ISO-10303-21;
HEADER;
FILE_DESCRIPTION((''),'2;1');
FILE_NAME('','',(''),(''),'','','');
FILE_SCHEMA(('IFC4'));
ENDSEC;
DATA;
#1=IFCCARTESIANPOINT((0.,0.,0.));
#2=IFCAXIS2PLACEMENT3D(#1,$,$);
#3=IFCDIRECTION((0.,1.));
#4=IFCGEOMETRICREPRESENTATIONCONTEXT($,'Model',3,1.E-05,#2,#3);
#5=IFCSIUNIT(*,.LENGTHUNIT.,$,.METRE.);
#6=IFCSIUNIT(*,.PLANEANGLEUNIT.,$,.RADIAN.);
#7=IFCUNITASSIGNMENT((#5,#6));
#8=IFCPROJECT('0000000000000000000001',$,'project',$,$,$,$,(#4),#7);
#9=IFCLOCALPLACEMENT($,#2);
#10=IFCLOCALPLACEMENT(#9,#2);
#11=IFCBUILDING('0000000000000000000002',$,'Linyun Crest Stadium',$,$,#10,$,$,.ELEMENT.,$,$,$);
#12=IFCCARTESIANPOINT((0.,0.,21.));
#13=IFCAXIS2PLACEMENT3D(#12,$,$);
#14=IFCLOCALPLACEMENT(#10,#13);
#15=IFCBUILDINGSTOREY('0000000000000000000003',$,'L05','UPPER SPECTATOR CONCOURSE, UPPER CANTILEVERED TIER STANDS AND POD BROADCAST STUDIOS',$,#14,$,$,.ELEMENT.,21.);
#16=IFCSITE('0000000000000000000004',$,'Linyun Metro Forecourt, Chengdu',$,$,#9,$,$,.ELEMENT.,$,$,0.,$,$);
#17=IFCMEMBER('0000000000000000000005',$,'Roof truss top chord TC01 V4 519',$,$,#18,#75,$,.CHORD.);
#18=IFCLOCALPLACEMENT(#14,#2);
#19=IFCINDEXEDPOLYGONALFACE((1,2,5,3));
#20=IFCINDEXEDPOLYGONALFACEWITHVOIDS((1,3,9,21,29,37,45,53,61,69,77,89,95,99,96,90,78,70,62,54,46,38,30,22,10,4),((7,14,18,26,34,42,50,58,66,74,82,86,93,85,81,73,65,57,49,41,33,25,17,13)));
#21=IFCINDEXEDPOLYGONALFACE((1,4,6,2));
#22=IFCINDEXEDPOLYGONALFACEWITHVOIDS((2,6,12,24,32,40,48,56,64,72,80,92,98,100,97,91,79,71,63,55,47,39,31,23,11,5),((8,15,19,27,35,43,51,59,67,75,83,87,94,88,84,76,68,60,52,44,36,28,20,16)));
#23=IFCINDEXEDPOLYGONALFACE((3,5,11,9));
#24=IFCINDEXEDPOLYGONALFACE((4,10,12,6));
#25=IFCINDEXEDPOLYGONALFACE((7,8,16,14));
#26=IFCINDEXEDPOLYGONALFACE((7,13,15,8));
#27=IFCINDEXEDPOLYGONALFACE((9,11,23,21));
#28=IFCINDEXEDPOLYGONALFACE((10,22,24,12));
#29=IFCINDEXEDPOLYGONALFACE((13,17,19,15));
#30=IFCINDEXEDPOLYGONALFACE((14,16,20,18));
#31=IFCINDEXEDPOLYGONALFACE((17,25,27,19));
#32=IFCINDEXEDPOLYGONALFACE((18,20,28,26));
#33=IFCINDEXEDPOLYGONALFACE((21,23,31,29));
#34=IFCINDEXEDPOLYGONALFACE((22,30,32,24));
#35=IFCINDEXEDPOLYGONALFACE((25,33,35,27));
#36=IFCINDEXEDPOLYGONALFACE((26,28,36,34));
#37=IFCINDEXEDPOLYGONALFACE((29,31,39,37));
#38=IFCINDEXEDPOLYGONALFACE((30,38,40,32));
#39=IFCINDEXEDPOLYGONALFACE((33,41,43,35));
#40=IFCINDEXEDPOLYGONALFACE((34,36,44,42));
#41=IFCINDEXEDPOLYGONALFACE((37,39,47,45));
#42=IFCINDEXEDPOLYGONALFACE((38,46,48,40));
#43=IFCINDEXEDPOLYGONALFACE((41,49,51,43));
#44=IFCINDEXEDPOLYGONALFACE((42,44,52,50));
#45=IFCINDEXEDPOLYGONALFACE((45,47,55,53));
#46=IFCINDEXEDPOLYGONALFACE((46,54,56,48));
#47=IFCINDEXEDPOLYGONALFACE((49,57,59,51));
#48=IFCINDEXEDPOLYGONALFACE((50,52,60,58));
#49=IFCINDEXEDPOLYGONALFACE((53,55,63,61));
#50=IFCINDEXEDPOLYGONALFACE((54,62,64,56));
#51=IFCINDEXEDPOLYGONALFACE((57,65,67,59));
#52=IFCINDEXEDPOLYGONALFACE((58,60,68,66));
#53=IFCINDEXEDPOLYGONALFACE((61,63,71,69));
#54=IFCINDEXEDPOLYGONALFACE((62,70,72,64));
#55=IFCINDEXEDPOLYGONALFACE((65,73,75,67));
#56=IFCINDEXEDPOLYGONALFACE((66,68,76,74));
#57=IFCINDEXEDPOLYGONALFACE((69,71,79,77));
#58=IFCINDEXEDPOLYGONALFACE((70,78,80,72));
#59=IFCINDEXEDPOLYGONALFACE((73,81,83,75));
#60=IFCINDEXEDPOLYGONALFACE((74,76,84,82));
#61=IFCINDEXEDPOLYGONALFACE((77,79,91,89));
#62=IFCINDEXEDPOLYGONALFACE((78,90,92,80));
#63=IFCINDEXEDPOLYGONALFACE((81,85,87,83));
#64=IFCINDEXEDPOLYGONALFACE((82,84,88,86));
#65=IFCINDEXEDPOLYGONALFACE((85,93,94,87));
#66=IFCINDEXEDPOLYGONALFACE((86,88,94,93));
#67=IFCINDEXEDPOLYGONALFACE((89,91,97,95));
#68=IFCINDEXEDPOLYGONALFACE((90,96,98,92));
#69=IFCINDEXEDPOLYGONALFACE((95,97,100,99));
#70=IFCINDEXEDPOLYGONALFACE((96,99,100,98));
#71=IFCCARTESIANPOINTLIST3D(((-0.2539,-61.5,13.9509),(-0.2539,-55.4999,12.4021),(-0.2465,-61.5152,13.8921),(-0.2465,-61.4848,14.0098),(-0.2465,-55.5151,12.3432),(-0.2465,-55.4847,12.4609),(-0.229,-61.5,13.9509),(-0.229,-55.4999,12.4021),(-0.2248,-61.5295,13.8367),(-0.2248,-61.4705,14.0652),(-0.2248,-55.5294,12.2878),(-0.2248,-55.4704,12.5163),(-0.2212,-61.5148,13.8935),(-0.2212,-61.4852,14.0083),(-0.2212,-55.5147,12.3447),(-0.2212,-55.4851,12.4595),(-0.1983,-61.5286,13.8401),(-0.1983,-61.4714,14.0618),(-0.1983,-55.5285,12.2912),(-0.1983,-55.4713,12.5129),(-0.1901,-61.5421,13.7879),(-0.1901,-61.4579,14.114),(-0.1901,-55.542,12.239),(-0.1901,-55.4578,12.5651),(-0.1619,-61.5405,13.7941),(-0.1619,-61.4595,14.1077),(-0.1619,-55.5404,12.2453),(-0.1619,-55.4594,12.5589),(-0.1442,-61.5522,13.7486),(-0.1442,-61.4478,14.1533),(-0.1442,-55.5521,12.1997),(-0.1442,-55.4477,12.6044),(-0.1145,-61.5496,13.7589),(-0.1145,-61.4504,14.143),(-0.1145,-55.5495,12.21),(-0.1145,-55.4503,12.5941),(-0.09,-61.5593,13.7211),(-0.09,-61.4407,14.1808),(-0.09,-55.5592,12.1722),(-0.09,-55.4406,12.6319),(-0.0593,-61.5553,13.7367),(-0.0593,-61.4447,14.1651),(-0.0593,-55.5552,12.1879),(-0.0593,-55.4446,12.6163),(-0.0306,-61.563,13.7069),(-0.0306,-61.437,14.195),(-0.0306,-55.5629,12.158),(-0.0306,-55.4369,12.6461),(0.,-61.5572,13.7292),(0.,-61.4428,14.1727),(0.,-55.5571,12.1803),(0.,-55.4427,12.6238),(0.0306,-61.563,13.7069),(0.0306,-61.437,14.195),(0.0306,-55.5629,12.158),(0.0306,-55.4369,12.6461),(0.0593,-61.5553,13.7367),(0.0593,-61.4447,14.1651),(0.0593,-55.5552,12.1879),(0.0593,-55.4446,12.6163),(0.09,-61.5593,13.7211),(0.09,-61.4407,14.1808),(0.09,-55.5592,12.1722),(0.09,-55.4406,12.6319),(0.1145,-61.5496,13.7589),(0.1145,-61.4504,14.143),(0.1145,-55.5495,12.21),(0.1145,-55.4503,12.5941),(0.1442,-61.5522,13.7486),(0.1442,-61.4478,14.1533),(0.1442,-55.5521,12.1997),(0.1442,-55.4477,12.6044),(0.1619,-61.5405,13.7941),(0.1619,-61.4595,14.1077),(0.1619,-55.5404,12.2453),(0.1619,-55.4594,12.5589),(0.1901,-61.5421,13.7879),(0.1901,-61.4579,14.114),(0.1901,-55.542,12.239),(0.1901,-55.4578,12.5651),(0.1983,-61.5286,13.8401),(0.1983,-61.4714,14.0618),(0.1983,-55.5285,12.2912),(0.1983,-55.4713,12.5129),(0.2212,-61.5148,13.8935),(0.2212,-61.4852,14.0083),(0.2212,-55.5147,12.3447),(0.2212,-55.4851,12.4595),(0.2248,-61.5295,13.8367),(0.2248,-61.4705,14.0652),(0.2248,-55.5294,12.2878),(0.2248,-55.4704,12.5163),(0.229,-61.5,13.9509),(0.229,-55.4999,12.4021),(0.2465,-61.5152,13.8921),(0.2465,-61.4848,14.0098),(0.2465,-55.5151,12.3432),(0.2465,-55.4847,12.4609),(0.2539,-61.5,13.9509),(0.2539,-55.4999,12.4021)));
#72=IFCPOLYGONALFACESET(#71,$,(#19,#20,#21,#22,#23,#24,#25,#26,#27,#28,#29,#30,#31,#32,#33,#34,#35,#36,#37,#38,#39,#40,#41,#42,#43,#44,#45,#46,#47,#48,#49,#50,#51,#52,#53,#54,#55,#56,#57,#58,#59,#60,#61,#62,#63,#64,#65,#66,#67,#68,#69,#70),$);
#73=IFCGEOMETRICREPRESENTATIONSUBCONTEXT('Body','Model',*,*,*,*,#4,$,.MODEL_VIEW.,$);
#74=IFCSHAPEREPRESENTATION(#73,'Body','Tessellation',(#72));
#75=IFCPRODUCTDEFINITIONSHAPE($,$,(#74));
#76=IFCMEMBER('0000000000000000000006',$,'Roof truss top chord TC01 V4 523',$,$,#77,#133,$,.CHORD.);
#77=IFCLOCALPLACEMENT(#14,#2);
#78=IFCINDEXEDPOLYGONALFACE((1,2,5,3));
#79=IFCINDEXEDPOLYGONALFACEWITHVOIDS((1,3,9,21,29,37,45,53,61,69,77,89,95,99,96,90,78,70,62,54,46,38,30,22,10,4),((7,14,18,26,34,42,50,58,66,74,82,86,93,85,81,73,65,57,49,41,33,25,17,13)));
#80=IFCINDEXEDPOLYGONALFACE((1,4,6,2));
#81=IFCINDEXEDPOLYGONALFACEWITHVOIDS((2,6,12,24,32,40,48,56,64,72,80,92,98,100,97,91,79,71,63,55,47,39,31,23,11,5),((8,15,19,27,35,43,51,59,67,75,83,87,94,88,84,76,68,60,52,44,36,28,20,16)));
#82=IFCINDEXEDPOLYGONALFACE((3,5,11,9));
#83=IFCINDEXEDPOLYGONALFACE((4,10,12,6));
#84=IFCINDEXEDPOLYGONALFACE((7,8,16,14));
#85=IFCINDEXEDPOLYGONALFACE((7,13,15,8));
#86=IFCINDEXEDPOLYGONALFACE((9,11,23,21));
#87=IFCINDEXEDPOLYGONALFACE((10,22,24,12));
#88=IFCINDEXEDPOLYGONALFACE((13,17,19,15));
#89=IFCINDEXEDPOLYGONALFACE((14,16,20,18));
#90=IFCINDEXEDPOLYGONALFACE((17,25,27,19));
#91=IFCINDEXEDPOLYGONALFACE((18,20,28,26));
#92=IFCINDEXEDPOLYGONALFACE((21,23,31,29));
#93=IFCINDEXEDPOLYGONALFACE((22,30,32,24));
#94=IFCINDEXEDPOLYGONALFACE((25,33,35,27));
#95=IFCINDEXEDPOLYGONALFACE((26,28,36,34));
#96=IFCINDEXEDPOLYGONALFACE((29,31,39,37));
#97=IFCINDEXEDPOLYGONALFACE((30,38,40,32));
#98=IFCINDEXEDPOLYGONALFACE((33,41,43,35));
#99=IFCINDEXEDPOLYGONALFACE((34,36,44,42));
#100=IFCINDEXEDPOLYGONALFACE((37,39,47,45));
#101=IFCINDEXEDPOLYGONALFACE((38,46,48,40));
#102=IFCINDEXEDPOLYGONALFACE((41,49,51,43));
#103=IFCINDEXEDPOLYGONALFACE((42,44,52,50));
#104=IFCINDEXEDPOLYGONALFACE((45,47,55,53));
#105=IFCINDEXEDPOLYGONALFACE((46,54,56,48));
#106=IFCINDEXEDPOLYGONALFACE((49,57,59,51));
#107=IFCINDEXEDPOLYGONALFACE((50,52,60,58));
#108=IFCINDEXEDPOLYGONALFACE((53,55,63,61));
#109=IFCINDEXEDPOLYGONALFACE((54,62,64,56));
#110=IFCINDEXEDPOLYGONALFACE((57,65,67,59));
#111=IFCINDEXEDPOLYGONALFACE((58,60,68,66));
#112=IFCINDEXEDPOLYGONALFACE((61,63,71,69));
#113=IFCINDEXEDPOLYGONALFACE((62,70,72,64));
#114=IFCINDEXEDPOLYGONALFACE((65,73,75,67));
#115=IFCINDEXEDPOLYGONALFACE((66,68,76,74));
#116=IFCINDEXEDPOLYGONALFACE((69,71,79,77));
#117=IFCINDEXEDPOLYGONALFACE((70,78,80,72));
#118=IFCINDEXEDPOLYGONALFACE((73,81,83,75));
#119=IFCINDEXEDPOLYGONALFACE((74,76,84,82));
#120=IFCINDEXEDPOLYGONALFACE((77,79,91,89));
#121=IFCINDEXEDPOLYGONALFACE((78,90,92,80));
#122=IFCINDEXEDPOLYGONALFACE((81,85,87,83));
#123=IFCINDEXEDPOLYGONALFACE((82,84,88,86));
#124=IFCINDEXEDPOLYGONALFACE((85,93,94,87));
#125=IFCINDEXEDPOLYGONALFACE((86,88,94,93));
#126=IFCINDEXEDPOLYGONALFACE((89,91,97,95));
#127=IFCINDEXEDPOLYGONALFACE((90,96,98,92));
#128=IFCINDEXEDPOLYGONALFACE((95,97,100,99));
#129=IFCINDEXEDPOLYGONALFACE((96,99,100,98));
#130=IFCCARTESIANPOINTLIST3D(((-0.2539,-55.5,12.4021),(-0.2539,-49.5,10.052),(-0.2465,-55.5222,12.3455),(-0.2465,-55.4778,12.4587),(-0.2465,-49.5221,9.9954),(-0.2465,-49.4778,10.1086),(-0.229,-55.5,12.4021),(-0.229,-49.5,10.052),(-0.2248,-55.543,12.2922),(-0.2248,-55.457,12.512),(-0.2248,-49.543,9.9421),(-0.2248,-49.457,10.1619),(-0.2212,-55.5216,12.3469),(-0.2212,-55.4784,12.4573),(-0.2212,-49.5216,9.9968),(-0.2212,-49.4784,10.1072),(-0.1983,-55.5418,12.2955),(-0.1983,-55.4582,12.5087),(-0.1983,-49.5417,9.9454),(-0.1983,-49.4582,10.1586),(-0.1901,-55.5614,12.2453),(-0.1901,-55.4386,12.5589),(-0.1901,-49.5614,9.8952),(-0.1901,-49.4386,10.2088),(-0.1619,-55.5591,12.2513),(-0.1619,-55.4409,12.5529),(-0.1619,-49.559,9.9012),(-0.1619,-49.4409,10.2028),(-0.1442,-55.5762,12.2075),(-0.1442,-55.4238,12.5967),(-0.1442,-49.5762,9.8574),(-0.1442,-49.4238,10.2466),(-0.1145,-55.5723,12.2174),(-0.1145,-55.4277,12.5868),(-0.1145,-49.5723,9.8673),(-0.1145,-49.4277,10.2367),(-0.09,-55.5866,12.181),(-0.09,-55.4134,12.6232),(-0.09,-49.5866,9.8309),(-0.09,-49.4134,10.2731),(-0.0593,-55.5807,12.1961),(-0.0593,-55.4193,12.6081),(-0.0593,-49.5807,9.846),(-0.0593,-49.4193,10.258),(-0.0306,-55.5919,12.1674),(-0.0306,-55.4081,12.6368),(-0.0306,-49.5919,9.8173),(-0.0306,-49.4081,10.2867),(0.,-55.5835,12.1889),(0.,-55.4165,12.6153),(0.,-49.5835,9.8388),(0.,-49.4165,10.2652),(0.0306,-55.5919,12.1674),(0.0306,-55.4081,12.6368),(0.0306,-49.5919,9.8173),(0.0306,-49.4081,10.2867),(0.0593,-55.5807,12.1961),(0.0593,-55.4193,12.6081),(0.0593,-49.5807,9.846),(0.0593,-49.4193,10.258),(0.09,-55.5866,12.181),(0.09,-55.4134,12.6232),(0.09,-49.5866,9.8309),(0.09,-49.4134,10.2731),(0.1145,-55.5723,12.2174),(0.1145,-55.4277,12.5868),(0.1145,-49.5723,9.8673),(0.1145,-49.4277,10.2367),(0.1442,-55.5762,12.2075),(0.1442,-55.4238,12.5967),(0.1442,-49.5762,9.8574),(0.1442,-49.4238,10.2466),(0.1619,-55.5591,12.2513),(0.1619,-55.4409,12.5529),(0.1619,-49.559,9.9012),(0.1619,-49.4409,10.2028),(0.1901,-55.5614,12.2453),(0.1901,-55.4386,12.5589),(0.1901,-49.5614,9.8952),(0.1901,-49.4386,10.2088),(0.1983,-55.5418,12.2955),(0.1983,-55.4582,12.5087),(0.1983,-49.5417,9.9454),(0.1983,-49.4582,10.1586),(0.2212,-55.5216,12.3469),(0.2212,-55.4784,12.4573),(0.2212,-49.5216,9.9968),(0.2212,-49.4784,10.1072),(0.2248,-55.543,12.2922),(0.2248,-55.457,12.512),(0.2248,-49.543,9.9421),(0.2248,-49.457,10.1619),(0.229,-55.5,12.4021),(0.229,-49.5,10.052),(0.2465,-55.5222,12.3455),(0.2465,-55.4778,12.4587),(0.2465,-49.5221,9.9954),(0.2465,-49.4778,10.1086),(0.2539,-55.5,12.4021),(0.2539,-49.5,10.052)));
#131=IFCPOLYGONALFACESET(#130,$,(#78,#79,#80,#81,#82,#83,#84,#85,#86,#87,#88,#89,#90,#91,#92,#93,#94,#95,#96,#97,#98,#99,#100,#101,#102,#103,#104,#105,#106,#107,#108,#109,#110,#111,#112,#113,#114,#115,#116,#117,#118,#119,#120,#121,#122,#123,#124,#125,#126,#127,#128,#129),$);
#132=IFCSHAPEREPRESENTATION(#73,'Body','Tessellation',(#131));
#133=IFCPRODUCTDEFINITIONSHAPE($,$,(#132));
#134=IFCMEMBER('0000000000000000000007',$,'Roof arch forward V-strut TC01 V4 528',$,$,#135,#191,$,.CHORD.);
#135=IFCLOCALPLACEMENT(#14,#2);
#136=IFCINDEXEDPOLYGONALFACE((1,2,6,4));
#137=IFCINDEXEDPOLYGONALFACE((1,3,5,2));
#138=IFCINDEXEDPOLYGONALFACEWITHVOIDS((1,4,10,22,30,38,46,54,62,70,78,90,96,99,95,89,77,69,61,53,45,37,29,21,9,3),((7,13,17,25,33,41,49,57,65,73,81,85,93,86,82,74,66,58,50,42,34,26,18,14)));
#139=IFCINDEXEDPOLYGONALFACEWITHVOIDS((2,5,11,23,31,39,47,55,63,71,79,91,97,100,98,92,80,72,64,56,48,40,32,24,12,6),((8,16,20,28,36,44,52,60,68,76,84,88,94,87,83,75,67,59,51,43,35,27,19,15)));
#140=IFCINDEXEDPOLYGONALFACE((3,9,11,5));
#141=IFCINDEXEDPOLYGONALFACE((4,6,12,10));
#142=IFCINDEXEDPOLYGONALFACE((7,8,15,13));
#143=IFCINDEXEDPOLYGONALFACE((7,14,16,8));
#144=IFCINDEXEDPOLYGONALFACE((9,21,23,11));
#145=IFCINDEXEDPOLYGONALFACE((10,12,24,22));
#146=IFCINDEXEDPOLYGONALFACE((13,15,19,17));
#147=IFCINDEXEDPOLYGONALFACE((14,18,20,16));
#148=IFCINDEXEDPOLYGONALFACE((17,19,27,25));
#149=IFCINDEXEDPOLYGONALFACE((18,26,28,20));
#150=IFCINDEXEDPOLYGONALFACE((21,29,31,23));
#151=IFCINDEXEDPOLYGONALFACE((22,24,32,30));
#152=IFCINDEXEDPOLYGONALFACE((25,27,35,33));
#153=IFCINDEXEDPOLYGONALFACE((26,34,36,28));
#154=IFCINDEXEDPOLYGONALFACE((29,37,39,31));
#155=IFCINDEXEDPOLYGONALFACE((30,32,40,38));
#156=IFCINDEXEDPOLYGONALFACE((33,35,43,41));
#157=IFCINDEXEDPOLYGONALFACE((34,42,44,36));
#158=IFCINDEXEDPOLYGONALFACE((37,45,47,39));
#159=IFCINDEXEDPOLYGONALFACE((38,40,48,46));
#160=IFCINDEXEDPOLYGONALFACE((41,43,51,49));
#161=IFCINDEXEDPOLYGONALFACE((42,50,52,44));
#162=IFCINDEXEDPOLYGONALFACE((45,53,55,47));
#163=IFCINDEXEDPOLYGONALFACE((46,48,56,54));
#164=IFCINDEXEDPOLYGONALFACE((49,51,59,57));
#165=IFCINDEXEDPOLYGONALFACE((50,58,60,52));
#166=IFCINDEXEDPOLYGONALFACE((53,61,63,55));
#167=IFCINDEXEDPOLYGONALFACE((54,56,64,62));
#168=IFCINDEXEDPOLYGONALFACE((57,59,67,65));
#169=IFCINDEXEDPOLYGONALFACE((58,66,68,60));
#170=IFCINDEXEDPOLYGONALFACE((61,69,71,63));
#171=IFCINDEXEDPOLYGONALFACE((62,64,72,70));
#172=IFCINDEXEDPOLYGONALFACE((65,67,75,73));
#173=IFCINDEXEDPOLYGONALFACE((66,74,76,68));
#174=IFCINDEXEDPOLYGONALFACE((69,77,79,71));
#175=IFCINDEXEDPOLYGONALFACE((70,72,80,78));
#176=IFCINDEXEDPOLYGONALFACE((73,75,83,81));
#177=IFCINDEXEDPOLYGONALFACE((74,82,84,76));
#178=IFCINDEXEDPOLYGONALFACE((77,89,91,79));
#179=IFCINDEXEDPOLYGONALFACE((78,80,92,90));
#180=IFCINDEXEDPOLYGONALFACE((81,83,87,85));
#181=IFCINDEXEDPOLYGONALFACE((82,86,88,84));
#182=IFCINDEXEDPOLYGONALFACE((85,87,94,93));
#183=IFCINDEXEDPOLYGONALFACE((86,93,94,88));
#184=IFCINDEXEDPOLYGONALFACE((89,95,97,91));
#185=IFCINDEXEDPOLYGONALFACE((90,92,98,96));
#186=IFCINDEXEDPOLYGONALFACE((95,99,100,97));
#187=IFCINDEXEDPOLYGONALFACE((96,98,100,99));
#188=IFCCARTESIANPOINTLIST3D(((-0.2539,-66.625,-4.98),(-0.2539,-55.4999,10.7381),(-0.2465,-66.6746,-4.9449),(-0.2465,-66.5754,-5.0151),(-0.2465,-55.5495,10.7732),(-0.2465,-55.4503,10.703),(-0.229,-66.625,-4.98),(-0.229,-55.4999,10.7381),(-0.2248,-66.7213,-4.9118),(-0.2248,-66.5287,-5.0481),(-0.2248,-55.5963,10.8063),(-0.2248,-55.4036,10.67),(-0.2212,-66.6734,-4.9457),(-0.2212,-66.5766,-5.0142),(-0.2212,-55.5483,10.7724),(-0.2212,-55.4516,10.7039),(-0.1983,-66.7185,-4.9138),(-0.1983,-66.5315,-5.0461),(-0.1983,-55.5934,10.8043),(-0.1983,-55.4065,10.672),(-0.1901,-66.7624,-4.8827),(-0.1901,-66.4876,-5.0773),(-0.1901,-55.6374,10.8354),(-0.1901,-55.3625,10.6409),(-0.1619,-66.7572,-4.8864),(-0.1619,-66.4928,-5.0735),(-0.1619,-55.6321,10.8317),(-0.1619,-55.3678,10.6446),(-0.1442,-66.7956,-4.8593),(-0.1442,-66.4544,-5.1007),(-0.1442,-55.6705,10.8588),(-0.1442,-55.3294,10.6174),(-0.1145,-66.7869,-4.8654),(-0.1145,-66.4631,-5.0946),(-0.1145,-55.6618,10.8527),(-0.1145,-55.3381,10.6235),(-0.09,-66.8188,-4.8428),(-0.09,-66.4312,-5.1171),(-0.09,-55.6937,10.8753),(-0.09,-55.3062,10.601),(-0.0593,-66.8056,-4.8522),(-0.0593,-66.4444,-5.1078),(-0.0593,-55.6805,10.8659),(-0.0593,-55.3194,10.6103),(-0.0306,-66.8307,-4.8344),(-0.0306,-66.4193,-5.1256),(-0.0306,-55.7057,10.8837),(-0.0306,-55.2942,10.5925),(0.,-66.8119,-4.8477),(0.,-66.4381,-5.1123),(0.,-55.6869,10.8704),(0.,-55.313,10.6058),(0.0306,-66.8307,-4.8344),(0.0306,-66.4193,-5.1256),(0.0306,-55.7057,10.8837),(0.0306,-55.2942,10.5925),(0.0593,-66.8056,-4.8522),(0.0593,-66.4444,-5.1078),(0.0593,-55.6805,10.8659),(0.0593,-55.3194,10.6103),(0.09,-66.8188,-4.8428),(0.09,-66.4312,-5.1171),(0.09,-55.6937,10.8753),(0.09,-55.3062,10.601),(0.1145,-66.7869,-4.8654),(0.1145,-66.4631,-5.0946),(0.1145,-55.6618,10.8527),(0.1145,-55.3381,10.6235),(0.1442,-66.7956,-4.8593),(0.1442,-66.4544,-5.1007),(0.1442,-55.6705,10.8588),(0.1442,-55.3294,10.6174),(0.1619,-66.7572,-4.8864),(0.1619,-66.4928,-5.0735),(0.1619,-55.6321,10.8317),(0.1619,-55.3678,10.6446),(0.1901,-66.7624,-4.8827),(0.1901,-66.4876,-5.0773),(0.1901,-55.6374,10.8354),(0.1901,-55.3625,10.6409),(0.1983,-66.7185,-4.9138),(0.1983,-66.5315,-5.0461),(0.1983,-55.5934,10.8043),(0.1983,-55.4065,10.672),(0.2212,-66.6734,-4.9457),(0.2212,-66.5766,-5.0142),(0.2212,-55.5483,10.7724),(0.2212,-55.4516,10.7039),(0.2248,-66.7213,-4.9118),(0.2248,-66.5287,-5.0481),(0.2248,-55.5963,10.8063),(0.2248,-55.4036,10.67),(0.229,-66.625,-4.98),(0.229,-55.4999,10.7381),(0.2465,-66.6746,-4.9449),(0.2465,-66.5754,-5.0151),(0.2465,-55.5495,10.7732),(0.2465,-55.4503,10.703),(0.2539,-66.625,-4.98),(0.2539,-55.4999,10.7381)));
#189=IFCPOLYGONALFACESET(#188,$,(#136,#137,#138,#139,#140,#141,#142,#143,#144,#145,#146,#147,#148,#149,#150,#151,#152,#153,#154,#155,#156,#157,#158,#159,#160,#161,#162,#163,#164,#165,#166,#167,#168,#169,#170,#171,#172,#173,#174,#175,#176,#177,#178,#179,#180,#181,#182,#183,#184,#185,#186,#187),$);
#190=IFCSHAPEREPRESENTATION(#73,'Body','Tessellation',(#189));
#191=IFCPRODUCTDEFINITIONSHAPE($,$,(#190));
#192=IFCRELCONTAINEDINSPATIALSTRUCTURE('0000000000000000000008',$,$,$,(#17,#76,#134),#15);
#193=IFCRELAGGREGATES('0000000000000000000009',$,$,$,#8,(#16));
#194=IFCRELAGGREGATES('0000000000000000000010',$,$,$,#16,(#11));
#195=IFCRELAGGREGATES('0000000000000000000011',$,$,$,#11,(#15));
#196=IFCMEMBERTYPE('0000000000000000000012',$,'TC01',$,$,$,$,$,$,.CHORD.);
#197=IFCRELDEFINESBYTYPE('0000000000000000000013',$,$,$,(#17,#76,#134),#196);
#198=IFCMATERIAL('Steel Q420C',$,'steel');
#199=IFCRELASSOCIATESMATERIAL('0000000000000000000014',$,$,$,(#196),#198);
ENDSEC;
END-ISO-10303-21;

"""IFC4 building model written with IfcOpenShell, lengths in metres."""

from ifc_helpers import new_model, si_unit, direction, frame, origin, origin_2d, place, context, subcontext, project, spatial, hollow_circle, extrude, material, material_profile, profile_set, type_object, element, save


model = new_model("IFC4")

# Units and contexts
model_context = context("Model", 3, precision=1e-05, world=origin(), true_north=direction((0.0, 1.0)))
body_context = subcontext(model_context, "Body", "Model", "MODEL_VIEW")
ifc_project = project(units=[si_unit("LENGTHUNIT", "METRE"), si_unit("PLANEANGLEUNIT", "RADIAN")], contexts=[model_context])

# Site, building, storey
site_placement = place(None, origin())
site = spatial("IfcSite", under=ifc_project, at=site_placement, Name="Linyun Metro Forecourt, Chengdu", CompositionType="ELEMENT", RefElevation=0.0)
building_placement = place(site_placement, origin())
building = spatial("IfcBuilding", under=site, at=building_placement, Name="Linyun Crest Stadium", CompositionType="ELEMENT")
storey_placement = place(building_placement, frame((0.0, 0.0, 21.0)))
storey = spatial("IfcBuildingStorey", under=building, at=storey_placement, Name="L05", Description="UPPER SPECTATOR CONCOURSE, UPPER CANTILEVERED TIER STANDS AND POD BROADCAST STUDIOS", CompositionType="ELEMENT", Elevation=21.0)

# Members
ifc_material_1 = material(Name="Steel Q420C", Category="steel")
ifc_material_profile_1 = material_profile(ifc_material_1, hollow_circle(Radius=0.2539, WallThickness=0.0249, at=origin_2d()), Name="CHS 508x25")
ifc_profile_set_1 = profile_set([ifc_material_profile_1], Name="Steel Q420C")
member_type_1 = type_object("IfcMemberType", Name="TC01", PredefinedType="CHORD", material=ifc_profile_set_1)
member_1_placement = place(storey_placement, frame((0.0, -61.5, 13.9509), z_axis=(0.0, 0.96826, -0.249945), x_axis=(-1.0, 0.0, 0.0)))
element("IfcMember", 1, at=member_1_placement, inside=storey, type_object=member_type_1, Name="Roof truss top chord TC01 V4 519", PredefinedType="CHORD", context=body_context, shape_type="SweptSolid", body=[
    extrude(hollow_circle(Radius=0.2539, WallThickness=0.0249, at=origin_2d()), origin(), (0.0, 0.0, 1.0), 6.1968),
])
member_2_placement = place(storey_placement, frame((0.0, -55.5, 12.4021), z_axis=(0.0, 0.931123, -0.364705), x_axis=(-1.0, 0.0, 0.0)))
element("IfcMember", 2, at=member_2_placement, inside=storey, type_object=member_type_1, Name="Roof truss top chord TC01 V4 523", PredefinedType="CHORD", context=body_context, shape_type="SweptSolid", body=[
    extrude(hollow_circle(Radius=0.2539, WallThickness=0.0249, at=origin_2d()), origin(), (0.0, 0.0, 1.0), 6.4438),
])
member_3_placement = place(storey_placement, frame((0.0, -66.625, -4.98), z_axis=(0.0, 0.57772, 0.816235), x_axis=(-1.0, 0.0, 0.0)))
element("IfcMember", 3, at=member_3_placement, inside=storey, type_object=member_type_1, Name="Roof arch forward V-strut TC01 V4 528", PredefinedType="CHORD", context=body_context, shape_type="SweptSolid", body=[
    extrude(hollow_circle(Radius=0.2539, WallThickness=0.0249, at=origin_2d()), origin(), (0.0, 0.0, 1.0), 19.2568),
])

save(model, "model.ifc")
